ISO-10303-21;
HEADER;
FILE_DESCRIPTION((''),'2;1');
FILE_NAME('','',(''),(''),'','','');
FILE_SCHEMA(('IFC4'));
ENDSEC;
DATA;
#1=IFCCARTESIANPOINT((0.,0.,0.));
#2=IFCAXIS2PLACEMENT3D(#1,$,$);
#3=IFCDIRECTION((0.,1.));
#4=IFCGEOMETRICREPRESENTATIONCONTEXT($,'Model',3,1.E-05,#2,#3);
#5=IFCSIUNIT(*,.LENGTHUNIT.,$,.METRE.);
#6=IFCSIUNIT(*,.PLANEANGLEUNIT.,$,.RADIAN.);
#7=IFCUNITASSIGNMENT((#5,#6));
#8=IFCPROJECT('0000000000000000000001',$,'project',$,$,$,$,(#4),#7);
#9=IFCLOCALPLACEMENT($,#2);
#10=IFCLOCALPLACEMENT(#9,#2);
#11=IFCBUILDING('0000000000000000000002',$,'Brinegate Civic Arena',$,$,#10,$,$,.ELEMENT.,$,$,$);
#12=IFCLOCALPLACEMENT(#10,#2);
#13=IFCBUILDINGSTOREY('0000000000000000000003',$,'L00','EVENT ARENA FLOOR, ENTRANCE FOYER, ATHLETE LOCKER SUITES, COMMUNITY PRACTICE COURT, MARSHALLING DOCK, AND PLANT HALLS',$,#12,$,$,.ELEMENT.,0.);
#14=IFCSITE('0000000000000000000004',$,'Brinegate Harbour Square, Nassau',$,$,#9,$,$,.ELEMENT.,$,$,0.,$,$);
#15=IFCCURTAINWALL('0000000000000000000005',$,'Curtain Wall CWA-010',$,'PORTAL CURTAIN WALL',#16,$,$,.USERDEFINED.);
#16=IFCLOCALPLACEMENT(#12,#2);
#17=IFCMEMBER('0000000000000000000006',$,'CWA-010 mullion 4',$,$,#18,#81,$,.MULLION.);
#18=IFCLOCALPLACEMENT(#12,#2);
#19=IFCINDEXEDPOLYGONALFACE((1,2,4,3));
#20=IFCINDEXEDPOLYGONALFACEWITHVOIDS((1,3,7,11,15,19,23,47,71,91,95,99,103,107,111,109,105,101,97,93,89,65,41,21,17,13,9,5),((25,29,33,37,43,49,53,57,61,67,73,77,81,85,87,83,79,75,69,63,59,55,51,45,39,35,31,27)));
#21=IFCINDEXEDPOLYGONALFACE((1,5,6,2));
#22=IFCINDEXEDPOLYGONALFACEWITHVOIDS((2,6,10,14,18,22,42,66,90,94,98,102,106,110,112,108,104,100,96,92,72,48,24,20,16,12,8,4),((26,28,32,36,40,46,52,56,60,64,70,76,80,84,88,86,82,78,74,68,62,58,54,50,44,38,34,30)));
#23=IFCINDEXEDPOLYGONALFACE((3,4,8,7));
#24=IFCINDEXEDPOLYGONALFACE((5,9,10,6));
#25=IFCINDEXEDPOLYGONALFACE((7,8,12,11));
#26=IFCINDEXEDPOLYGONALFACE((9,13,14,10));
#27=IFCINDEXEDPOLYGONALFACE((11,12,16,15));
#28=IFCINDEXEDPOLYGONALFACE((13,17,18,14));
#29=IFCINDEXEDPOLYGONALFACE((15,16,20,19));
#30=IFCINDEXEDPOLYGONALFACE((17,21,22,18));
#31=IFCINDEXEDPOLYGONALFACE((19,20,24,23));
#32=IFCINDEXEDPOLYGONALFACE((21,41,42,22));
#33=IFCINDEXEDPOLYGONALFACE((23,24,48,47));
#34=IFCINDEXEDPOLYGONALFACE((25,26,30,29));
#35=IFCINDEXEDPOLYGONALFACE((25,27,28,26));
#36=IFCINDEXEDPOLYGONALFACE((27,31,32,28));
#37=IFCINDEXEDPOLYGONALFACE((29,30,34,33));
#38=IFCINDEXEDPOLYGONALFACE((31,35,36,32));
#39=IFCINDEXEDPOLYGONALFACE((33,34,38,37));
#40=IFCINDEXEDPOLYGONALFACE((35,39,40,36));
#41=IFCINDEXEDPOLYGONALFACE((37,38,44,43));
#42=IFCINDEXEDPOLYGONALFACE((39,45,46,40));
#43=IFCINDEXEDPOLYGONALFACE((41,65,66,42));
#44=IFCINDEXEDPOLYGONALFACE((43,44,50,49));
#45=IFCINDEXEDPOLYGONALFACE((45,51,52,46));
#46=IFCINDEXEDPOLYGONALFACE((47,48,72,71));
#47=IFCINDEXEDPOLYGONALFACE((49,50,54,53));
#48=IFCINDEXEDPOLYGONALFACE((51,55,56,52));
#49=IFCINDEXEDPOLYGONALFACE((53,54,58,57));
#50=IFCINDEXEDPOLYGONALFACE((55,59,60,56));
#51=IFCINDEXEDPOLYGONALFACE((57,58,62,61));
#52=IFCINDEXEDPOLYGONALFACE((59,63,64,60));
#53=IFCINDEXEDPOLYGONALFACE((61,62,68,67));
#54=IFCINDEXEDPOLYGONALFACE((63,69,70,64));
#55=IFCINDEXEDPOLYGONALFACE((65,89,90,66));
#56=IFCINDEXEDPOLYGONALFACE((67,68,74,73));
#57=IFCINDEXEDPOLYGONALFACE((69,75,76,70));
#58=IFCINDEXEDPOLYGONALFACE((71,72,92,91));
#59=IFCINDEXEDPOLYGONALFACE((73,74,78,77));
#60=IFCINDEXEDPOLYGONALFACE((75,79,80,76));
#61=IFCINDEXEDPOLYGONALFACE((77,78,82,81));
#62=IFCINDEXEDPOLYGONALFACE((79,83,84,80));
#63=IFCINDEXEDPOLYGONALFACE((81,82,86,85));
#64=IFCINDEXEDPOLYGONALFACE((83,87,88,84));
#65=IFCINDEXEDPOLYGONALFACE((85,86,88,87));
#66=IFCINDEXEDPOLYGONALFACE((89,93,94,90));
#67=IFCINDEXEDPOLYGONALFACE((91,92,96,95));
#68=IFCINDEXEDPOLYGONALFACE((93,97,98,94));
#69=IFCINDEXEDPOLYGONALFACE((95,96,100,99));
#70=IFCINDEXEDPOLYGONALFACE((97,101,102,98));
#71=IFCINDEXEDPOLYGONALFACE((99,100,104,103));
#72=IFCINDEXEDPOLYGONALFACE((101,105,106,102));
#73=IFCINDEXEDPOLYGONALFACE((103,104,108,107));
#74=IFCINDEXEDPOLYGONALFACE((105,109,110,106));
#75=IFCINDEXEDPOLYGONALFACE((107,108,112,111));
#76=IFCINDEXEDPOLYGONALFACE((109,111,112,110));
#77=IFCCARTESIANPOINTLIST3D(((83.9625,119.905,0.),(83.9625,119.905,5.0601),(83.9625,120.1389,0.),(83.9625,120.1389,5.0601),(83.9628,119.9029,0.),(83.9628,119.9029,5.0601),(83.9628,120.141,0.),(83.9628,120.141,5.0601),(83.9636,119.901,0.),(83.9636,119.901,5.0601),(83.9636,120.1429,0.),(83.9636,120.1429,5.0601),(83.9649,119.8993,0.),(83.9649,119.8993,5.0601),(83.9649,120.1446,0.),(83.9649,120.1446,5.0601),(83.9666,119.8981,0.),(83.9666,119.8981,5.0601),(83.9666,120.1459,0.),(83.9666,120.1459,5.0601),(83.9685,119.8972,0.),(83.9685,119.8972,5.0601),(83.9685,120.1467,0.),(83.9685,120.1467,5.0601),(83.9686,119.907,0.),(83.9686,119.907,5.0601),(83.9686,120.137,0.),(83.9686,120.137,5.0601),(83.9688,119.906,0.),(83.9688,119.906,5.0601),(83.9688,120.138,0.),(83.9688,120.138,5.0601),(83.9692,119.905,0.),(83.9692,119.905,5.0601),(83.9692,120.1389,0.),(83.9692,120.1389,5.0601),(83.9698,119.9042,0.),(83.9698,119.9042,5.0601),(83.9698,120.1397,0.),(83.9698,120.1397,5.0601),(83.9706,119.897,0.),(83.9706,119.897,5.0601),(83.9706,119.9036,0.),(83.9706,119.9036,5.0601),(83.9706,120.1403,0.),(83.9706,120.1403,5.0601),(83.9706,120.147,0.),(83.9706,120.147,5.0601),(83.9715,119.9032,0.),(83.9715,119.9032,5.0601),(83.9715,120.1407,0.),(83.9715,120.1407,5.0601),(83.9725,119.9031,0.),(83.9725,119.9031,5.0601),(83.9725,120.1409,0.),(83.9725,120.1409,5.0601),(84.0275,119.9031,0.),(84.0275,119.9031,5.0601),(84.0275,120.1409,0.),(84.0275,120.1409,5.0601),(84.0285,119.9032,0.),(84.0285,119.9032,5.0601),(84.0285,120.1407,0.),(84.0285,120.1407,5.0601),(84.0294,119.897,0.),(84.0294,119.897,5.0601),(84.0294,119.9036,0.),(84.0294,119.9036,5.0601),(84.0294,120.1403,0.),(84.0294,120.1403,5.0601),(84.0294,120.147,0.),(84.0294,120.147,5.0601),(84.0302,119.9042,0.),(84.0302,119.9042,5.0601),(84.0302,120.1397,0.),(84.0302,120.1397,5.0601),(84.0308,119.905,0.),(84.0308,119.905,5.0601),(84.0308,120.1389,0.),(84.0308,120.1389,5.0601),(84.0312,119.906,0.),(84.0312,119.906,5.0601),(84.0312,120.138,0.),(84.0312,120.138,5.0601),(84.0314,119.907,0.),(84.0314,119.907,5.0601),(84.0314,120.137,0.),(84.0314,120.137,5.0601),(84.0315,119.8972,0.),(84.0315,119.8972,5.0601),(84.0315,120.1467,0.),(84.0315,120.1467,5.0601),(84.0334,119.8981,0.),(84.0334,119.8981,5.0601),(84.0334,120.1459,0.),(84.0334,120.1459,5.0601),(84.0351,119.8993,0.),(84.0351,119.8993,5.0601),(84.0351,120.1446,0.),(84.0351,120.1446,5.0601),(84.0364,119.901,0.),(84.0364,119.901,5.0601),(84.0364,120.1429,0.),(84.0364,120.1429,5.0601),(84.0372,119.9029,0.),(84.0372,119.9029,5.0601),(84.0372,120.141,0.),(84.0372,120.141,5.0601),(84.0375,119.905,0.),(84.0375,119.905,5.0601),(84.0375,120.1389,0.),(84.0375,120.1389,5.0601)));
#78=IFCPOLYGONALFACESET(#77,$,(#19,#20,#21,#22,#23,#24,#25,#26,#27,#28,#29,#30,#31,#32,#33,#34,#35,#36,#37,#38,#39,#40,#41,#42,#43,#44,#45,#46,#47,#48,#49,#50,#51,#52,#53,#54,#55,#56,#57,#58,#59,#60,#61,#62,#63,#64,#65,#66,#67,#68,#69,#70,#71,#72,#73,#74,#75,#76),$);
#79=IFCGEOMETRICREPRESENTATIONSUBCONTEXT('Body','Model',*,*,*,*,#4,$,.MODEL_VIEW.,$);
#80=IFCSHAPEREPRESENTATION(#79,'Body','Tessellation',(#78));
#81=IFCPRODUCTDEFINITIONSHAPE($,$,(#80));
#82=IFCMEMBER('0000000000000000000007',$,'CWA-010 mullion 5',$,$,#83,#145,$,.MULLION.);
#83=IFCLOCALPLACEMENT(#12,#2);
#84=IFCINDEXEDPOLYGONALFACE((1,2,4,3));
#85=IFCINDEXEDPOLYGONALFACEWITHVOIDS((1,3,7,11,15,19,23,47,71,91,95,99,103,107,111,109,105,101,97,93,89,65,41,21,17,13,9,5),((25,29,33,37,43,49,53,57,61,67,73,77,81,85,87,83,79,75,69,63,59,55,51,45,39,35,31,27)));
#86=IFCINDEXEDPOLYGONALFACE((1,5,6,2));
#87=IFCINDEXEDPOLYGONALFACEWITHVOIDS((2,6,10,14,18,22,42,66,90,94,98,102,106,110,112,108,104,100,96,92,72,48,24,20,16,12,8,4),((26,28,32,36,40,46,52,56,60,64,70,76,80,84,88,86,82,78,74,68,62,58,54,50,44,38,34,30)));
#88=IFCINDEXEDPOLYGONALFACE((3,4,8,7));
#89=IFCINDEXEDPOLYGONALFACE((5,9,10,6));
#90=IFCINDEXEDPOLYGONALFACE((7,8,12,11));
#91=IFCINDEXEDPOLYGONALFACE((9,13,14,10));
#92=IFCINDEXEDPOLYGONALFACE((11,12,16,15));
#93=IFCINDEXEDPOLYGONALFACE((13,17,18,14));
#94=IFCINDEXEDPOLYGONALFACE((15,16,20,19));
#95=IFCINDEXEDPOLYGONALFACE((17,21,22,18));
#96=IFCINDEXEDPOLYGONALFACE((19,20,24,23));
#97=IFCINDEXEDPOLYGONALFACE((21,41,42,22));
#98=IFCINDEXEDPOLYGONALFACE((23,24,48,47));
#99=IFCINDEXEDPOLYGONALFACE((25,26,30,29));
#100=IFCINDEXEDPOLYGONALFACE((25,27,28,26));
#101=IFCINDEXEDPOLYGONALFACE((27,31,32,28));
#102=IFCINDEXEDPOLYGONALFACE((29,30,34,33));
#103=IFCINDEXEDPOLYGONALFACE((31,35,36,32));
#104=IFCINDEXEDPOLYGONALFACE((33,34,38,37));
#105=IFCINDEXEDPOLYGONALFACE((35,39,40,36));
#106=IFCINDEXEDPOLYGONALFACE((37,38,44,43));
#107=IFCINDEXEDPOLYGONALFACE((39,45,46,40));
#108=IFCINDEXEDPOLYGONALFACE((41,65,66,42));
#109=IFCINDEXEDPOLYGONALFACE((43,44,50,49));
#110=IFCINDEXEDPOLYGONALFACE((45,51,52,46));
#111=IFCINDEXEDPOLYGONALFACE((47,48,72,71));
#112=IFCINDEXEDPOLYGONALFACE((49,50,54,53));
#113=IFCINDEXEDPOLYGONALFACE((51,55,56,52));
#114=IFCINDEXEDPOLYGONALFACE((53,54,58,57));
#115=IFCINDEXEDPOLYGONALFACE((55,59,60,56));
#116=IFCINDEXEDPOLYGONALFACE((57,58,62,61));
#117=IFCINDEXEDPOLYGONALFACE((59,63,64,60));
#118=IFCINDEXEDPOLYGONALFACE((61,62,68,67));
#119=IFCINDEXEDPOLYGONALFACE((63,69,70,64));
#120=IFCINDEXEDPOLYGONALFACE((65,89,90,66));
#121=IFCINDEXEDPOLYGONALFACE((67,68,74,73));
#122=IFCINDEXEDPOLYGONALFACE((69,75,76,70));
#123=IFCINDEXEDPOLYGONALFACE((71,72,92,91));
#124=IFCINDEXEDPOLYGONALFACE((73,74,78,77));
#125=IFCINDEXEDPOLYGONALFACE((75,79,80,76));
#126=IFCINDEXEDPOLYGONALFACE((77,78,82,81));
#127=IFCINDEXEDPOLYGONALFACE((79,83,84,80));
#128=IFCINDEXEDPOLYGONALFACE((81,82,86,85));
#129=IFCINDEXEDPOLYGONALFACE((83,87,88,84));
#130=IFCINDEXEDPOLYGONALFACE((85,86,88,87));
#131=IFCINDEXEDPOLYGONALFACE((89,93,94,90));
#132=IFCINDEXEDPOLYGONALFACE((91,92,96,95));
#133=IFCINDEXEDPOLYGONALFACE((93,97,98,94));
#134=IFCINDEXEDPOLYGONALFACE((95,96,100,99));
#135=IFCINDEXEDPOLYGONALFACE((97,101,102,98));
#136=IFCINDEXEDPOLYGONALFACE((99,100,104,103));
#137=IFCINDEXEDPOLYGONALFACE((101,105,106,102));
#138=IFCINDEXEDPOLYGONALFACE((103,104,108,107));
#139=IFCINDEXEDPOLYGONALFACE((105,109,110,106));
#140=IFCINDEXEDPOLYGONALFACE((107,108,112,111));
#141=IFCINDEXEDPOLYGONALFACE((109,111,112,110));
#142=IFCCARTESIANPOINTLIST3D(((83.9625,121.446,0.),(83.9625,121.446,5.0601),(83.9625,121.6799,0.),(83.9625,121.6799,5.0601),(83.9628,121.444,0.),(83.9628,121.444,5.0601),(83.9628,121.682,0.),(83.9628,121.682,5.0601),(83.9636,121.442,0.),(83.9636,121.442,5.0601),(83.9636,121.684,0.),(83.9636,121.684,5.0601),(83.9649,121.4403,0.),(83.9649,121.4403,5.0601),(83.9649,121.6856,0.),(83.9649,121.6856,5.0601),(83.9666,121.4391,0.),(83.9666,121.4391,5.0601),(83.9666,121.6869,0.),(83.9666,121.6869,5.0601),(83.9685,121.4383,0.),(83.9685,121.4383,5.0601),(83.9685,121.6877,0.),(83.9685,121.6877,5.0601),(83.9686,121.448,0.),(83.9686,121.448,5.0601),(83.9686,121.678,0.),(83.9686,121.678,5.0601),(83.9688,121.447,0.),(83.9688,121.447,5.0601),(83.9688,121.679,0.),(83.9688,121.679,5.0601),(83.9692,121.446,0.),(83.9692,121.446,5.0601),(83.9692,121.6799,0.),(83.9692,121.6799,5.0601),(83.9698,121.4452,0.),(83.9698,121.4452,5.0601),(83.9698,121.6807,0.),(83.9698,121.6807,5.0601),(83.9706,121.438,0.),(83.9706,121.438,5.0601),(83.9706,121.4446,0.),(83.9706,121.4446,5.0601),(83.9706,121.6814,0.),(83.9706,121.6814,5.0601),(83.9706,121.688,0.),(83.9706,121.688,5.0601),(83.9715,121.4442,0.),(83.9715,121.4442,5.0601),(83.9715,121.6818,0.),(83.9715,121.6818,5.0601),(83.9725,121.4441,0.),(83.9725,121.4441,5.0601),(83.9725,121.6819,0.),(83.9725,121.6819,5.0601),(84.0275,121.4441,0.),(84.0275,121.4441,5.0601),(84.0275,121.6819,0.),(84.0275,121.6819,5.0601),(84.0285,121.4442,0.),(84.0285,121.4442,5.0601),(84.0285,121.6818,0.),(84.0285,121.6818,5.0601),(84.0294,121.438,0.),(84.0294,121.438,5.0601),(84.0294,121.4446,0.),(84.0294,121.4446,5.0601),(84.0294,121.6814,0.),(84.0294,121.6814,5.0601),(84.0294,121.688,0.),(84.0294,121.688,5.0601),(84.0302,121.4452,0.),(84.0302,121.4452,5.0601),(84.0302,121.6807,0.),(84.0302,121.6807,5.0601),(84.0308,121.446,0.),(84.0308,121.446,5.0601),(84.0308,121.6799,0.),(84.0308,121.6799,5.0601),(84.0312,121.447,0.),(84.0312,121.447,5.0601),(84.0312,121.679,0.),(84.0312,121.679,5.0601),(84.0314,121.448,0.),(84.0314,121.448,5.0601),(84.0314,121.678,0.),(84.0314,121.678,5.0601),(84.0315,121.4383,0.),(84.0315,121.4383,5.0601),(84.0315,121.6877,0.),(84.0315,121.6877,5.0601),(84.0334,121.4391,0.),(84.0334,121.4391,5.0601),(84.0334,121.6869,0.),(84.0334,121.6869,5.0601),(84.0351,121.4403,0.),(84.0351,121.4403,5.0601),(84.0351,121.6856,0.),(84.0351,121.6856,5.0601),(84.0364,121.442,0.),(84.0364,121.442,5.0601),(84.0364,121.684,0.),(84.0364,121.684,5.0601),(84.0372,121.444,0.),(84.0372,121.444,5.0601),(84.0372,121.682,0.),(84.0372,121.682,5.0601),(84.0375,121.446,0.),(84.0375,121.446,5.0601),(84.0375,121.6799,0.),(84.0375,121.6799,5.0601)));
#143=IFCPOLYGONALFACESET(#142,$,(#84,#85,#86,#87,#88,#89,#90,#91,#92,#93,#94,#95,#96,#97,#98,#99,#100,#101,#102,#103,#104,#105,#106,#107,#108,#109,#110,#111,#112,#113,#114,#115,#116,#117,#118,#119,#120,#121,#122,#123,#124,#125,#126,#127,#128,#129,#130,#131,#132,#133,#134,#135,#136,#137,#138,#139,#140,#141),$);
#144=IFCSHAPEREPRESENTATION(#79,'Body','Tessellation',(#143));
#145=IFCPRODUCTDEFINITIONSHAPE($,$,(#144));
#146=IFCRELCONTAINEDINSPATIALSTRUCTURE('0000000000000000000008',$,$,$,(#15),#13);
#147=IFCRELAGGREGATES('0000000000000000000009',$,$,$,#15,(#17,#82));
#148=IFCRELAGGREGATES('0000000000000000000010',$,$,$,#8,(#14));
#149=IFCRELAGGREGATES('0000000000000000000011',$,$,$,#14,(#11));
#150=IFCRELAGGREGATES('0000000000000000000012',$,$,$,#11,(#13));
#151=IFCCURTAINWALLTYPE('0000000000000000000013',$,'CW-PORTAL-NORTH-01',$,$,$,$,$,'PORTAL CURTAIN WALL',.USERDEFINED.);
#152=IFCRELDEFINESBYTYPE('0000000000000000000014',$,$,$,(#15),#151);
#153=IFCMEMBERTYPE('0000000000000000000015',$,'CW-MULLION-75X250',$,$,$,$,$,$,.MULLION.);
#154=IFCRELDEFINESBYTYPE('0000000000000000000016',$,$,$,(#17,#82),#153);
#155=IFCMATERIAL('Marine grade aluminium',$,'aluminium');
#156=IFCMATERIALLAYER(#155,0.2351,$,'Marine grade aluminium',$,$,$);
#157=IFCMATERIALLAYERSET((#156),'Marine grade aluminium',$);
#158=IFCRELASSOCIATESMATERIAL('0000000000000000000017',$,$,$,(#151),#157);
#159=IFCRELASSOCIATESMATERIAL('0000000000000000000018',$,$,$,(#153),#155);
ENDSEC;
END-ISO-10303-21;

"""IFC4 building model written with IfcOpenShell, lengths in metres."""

from ifc_helpers import new_model, si_unit, direction, frame, origin, origin_2d, place, context, subcontext, project, spatial, hollow_rectangle, extrude, material, layer, layer_set, material_profile, profile_set, type_object, element, aggregate, save


model = new_model("IFC4")

# Units and contexts
model_context = context("Model", 3, precision=1e-05, world=origin(), true_north=direction((0.0, 1.0)))
body_context = subcontext(model_context, "Body", "Model", "MODEL_VIEW")
ifc_project = project(units=[si_unit("LENGTHUNIT", "METRE"), si_unit("PLANEANGLEUNIT", "RADIAN")], contexts=[model_context])

# Site, building, storey
site_placement = place(None, origin())
site = spatial("IfcSite", under=ifc_project, at=site_placement, Name="Brinegate Harbour Square, Nassau", CompositionType="ELEMENT", RefElevation=0.0)
building_placement = place(site_placement, origin())
building = spatial("IfcBuilding", under=site, at=building_placement, Name="Brinegate Civic Arena", CompositionType="ELEMENT")
storey_placement = place(building_placement, origin())
storey = spatial("IfcBuildingStorey", under=building, at=storey_placement, Name="L00", Description="EVENT ARENA FLOOR, ENTRANCE FOYER, ATHLETE LOCKER SUITES, COMMUNITY PRACTICE COURT, MARSHALLING DOCK, AND PLANT HALLS", CompositionType="ELEMENT", Elevation=0.0)

# Curtain wall, members
ifc_material_1 = material(Name="Marine grade aluminium", Category="aluminium")
ifc_layer_1 = layer(ifc_material_1, 0.2351, Name="Marine grade aluminium")
ifc_layer_set_1 = layer_set([ifc_layer_1], Name="Marine grade aluminium")
curtain_wall_type = type_object("IfcCurtainWallType", Name="CW-PORTAL-NORTH-01", ElementType="PORTAL CURTAIN WALL", PredefinedType="USERDEFINED", material=ifc_layer_set_1)
curtain_wall_placement = place(storey_placement, origin())
curtain_wall = element("IfcCurtainWall", 1, at=curtain_wall_placement, inside=storey, type_object=curtain_wall_type, Name="Curtain Wall CWA-010", ObjectType="PORTAL CURTAIN WALL", PredefinedType="USERDEFINED")
ifc_material_profile_1 = material_profile(ifc_material_1, hollow_rectangle(XDim=0.075, YDim=0.25, WallThickness=0.0061, InnerFilletRadius=0.0039, OuterFilletRadius=0.0081, at=origin_2d()), Name="MUL75X250")
ifc_profile_set_1 = profile_set([ifc_material_profile_1], Name="Marine grade aluminium")
member_type_1 = type_object("IfcMemberType", Name="CW-MULLION-75X250", PredefinedType="MULLION", material=ifc_profile_set_1)
member_1_placement = place(storey_placement, frame((84.0, 120.022, 0.0), z_axis=(0.0, 0.0, 1.0), x_axis=(-1.0, 0.0, 0.0)))
member_1 = element("IfcMember", 2, at=member_1_placement, type_object=member_type_1, Name="CWA-010 mullion 4", PredefinedType="MULLION", context=body_context, shape_type="SweptSolid", body=[
    extrude(hollow_rectangle(XDim=0.075, YDim=0.25, WallThickness=0.0061, InnerFilletRadius=0.0039, OuterFilletRadius=0.0081, at=origin_2d()), origin(), (0.0, 0.0, 1.0), 5.0601),
])
member_2_placement = place(storey_placement, frame((84.0, 121.563, 0.0), z_axis=(0.0, 0.0, 1.0), x_axis=(-1.0, 0.0, 0.0)))
member_2 = element("IfcMember", 3, at=member_2_placement, type_object=member_type_1, Name="CWA-010 mullion 5", PredefinedType="MULLION", context=body_context, shape_type="SweptSolid", body=[
    extrude(hollow_rectangle(XDim=0.075, YDim=0.25, WallThickness=0.0061, InnerFilletRadius=0.0039, OuterFilletRadius=0.0081, at=origin_2d()), origin(), (0.0, 0.0, 1.0), 5.0601),
])
aggregate(curtain_wall, [member_1, member_2])

save(model, "model.ifc")
